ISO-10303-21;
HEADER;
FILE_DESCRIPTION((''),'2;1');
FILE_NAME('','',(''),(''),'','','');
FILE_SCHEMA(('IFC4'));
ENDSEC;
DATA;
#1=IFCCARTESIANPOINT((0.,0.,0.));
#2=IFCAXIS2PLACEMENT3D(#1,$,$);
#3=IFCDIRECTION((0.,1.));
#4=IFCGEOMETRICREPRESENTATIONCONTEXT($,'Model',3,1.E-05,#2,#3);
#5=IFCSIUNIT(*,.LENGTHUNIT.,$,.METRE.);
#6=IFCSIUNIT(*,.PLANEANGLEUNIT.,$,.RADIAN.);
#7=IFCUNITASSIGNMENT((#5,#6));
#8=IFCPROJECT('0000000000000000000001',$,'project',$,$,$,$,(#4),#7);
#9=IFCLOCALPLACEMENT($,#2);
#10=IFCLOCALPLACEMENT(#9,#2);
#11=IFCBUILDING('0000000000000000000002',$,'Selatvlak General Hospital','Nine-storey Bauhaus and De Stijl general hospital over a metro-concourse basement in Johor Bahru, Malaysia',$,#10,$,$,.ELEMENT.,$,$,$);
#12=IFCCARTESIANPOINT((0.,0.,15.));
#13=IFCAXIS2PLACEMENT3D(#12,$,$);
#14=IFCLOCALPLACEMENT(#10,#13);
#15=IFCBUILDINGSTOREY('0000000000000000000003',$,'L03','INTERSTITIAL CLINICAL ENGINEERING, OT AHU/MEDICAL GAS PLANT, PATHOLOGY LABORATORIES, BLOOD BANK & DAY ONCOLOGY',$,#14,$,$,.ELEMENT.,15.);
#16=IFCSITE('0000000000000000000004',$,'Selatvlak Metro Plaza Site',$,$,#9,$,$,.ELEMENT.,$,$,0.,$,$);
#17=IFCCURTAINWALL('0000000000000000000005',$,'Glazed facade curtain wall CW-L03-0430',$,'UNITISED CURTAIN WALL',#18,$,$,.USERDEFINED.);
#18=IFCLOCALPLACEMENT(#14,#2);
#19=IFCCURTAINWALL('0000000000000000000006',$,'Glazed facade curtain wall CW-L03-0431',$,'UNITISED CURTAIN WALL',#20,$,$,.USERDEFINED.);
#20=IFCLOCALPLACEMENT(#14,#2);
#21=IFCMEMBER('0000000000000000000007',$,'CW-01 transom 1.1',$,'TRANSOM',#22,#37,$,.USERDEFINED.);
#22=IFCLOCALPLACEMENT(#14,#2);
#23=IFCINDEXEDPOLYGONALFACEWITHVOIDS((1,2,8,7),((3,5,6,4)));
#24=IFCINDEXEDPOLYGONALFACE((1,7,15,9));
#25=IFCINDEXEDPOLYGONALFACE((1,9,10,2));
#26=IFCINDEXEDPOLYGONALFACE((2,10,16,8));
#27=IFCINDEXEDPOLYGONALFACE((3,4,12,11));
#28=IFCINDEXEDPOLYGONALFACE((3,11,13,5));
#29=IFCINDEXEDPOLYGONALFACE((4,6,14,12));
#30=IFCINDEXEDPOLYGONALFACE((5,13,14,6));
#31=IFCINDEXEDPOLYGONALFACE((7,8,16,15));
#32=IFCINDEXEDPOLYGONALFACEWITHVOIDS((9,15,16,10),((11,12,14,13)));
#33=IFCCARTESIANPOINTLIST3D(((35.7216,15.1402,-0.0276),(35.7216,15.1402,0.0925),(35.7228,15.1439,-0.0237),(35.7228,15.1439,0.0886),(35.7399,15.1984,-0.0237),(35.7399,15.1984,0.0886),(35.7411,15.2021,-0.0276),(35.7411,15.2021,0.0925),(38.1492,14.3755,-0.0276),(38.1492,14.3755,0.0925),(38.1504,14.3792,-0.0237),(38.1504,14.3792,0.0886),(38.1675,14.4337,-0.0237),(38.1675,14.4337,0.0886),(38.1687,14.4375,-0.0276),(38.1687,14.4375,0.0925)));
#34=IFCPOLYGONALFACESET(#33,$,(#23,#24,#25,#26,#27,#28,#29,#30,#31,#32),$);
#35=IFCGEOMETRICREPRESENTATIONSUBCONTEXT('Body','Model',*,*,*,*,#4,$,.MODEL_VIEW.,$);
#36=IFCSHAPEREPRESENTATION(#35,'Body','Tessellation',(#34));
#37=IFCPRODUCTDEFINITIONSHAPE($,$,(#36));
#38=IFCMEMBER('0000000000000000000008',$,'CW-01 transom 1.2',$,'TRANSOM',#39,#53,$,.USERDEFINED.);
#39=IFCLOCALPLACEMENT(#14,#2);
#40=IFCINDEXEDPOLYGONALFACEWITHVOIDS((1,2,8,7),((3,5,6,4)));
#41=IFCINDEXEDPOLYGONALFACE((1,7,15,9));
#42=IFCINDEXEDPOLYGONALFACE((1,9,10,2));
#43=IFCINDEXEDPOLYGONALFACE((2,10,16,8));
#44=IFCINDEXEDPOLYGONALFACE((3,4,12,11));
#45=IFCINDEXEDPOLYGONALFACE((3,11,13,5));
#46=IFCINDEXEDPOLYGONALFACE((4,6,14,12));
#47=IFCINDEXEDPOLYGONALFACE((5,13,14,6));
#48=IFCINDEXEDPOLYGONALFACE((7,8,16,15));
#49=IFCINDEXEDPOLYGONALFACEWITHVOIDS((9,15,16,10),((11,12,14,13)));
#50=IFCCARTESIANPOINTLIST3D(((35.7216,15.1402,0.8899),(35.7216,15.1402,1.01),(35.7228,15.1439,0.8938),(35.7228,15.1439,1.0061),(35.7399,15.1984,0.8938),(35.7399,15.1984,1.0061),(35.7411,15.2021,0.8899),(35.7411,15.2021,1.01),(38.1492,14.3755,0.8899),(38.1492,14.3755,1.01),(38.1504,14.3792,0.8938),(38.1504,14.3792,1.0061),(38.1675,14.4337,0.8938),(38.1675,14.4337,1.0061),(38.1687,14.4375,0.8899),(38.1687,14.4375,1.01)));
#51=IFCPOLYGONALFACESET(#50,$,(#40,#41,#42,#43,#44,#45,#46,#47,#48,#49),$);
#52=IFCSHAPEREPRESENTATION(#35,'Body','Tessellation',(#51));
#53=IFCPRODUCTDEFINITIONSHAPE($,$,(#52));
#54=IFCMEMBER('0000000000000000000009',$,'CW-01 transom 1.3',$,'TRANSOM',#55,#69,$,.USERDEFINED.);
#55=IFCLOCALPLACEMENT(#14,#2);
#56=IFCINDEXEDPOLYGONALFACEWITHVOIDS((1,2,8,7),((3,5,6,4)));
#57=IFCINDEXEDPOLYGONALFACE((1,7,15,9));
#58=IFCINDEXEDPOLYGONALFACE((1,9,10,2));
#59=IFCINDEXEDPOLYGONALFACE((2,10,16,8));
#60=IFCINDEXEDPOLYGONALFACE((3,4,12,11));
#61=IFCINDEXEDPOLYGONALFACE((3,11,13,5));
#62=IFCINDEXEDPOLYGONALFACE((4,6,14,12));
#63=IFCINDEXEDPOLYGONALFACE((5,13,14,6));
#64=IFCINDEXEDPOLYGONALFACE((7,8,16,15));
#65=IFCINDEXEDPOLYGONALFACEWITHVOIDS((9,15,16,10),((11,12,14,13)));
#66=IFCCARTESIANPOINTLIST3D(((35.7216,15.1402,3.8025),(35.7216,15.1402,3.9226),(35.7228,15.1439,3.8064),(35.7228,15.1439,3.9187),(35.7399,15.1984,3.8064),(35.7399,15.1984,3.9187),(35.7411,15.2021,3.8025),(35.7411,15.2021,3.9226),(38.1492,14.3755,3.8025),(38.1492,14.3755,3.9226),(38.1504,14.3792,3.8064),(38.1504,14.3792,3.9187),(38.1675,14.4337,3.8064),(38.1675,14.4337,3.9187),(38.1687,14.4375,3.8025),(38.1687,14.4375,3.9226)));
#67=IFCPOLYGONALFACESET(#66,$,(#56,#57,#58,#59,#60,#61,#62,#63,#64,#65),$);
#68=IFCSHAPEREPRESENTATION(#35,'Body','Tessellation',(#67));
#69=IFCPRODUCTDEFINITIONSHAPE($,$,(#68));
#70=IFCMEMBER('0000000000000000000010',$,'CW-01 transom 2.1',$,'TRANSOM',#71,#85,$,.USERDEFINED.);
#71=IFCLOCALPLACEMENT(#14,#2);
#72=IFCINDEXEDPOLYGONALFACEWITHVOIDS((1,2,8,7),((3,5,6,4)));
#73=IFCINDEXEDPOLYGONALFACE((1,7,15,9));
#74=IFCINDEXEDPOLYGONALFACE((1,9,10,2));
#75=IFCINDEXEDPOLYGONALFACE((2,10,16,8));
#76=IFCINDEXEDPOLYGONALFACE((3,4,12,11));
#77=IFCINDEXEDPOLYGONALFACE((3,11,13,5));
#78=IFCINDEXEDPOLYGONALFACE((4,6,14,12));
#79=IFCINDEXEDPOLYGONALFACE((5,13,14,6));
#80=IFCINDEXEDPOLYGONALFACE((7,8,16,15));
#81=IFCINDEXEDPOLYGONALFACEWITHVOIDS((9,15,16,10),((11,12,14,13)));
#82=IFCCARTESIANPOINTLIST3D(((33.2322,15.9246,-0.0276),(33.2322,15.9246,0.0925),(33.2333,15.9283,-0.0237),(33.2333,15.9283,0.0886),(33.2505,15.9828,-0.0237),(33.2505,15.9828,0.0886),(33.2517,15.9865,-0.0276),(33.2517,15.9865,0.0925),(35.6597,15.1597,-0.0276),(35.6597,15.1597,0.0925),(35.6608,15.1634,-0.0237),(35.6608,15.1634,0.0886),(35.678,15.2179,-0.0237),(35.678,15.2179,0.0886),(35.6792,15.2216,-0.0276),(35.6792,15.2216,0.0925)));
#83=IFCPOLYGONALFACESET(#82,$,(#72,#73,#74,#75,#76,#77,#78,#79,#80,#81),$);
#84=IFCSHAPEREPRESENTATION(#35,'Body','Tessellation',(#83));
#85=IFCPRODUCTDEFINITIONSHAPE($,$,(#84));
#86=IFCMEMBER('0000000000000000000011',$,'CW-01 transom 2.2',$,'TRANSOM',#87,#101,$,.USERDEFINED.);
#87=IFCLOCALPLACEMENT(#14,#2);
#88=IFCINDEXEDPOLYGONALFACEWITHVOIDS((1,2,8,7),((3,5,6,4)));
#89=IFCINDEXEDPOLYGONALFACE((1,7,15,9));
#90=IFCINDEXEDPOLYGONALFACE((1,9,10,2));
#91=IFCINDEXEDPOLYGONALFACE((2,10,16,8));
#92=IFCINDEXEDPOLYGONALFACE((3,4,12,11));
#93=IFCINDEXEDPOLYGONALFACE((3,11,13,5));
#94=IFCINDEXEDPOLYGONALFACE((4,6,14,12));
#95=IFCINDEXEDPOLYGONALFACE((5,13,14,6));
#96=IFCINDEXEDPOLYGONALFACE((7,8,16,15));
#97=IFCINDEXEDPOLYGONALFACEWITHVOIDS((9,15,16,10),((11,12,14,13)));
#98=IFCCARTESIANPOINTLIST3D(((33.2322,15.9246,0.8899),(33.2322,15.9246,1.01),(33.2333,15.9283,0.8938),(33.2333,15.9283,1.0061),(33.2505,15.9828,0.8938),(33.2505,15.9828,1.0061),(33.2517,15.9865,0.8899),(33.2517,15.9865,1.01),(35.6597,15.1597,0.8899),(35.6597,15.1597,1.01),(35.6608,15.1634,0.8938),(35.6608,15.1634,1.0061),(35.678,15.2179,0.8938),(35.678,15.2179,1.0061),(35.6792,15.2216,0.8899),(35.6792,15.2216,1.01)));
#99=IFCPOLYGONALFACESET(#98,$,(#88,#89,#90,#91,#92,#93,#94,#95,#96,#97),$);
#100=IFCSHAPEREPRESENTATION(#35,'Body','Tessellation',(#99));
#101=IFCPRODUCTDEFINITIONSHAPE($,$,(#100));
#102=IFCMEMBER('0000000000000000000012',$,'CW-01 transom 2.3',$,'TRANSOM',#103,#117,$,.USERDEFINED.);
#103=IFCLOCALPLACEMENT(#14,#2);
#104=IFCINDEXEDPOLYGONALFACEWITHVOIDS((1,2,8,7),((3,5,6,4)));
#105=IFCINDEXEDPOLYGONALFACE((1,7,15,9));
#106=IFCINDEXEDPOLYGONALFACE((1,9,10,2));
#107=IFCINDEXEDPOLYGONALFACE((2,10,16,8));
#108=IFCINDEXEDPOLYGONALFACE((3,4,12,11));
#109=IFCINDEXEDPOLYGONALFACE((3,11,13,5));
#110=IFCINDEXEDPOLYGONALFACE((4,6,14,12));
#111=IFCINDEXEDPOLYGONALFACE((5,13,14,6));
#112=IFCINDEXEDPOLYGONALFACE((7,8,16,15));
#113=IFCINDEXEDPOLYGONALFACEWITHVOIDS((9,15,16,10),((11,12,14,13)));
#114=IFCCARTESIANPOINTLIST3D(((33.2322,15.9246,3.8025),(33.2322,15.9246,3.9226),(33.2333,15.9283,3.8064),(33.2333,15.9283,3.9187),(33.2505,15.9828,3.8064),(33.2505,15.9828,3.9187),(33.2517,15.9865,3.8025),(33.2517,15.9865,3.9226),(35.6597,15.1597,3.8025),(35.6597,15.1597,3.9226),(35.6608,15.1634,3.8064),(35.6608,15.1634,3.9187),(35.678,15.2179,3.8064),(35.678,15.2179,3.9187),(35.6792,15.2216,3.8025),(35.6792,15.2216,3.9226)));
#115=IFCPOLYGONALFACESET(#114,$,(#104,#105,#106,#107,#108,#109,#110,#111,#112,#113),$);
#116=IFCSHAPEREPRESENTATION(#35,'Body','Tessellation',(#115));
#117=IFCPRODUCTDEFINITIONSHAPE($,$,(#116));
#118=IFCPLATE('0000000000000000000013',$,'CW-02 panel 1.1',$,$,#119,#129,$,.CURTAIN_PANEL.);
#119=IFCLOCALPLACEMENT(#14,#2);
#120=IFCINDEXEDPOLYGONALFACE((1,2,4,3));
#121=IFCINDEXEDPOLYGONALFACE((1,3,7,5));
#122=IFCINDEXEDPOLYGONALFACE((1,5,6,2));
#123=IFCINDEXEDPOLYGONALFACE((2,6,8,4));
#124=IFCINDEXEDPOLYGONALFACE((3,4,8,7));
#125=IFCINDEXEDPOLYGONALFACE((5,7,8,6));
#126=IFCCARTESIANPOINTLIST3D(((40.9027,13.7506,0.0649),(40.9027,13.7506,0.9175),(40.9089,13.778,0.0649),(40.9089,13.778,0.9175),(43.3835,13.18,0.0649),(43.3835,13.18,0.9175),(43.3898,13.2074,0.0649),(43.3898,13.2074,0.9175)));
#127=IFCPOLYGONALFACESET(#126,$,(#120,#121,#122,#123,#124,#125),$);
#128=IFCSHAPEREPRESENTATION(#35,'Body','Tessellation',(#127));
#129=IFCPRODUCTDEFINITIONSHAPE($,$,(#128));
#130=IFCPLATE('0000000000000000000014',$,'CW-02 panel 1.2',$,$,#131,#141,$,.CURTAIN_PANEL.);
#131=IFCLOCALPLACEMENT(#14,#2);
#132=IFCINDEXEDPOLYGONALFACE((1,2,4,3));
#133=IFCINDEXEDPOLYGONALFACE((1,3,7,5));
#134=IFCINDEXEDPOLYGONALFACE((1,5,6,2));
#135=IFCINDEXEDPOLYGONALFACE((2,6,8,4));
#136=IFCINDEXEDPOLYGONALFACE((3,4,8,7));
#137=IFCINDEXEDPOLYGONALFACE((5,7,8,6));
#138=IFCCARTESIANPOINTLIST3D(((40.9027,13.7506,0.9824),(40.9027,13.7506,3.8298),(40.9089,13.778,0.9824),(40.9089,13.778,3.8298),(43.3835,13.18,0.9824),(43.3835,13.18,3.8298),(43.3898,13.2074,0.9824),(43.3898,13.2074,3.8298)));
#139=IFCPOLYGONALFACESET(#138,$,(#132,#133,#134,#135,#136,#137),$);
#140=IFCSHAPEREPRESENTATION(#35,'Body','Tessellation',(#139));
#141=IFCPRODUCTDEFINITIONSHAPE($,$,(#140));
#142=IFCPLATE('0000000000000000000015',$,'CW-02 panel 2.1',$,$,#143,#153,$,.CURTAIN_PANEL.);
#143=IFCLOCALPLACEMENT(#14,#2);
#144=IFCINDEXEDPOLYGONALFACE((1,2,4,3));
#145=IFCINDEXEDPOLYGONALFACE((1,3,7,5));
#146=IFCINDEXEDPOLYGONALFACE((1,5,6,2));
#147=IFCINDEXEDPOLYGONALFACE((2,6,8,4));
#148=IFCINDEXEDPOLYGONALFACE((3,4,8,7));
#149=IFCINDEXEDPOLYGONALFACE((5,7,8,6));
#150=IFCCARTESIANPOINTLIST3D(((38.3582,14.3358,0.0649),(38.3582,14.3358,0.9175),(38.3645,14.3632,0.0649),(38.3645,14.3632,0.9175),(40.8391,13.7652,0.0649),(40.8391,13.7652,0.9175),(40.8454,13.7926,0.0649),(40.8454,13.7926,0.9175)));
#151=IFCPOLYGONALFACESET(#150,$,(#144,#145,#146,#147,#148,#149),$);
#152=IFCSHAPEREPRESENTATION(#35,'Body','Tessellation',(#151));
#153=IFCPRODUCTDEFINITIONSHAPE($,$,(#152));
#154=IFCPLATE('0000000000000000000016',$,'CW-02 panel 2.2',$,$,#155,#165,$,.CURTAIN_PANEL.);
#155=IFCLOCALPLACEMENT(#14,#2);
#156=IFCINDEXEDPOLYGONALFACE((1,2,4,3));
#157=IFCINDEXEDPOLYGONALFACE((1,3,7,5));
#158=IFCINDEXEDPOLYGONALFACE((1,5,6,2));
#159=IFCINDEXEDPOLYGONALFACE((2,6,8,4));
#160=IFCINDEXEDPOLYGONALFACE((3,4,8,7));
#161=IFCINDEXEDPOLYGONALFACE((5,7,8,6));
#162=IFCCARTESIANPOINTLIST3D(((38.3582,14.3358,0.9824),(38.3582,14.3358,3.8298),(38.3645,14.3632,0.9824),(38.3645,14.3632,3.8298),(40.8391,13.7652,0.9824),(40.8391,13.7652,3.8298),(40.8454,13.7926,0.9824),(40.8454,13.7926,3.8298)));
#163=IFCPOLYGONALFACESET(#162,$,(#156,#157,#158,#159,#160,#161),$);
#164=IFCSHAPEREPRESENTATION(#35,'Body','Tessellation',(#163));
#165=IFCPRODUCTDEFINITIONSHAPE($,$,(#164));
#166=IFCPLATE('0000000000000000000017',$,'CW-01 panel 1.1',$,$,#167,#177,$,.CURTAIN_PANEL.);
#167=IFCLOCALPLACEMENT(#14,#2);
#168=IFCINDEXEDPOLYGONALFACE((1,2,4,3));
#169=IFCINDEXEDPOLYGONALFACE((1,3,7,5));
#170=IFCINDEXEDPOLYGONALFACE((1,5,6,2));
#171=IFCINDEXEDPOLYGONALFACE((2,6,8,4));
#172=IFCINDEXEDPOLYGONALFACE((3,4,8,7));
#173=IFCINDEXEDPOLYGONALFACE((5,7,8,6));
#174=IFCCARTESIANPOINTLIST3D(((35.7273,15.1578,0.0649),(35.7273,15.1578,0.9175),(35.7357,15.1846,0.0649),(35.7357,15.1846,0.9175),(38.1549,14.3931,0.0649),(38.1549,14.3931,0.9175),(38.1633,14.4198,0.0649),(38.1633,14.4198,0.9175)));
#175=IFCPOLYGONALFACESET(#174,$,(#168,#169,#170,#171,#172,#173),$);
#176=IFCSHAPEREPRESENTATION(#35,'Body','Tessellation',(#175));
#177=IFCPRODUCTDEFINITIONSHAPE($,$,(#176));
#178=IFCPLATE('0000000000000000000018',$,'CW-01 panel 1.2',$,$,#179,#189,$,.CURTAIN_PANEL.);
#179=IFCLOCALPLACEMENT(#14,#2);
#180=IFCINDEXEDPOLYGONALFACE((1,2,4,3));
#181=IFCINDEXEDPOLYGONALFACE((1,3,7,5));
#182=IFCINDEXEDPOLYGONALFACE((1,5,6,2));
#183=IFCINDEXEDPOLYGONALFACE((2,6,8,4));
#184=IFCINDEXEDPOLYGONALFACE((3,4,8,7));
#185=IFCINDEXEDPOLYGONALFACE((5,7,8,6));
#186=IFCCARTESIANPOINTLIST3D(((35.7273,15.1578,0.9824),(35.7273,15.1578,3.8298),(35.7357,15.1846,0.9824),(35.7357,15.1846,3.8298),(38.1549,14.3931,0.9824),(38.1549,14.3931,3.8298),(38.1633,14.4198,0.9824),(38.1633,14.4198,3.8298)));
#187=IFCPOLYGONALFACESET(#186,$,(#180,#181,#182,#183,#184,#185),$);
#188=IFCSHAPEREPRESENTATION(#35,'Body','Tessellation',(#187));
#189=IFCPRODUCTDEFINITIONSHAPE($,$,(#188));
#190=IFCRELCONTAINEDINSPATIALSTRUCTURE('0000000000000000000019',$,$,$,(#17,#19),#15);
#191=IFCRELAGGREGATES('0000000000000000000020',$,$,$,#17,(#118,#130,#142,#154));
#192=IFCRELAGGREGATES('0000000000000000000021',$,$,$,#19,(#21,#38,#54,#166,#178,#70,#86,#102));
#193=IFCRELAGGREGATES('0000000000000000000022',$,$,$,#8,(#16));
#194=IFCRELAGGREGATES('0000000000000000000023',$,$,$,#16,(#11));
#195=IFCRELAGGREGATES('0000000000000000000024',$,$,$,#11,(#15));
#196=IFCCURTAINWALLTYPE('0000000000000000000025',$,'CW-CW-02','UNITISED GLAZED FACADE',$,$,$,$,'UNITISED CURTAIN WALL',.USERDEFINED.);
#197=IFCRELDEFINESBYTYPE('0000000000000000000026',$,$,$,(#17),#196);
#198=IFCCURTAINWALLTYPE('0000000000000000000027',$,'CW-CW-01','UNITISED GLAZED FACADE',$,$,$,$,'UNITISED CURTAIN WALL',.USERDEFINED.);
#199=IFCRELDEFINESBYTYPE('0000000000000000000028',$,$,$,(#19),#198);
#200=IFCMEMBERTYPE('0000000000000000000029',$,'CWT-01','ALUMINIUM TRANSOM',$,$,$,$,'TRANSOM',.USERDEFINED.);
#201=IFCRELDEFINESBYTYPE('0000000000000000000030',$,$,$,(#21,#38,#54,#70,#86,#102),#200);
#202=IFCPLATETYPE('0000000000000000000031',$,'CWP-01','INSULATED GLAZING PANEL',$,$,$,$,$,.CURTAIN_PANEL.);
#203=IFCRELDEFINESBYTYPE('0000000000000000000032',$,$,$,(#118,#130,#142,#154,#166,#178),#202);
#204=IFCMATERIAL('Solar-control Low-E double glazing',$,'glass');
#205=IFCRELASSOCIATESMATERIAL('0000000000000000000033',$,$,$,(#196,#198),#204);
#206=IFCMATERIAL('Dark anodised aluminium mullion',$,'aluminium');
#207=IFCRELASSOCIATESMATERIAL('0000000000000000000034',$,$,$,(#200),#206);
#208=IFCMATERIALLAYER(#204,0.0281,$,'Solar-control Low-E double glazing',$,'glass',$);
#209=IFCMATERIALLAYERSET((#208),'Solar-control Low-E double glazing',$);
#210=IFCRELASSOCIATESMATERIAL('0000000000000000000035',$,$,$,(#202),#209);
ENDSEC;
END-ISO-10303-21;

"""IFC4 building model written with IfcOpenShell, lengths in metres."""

from ifc_helpers import new_model, si_unit, direction, frame, origin, origin_2d, place, context, subcontext, project, spatial, rectangle, hollow_rectangle, extrude, material, layer, layer_set, material_profile, profile_set, type_object, element, aggregate, save


model = new_model("IFC4")

# Units and contexts
model_context = context("Model", 3, precision=1e-05, world=origin(), true_north=direction((0.0, 1.0)))
body_context = subcontext(model_context, "Body", "Model", "MODEL_VIEW")
ifc_project = project(units=[si_unit("LENGTHUNIT", "METRE"), si_unit("PLANEANGLEUNIT", "RADIAN")], contexts=[model_context])

# Site, building, storey
site_placement = place(None, origin())
site = spatial("IfcSite", under=ifc_project, at=site_placement, Name="Selatvlak Metro Plaza Site", CompositionType="ELEMENT", RefElevation=0.0)
building_placement = place(site_placement, origin())
building = spatial("IfcBuilding", under=site, at=building_placement, Name="Selatvlak General Hospital", Description="Nine-storey Bauhaus and De Stijl general hospital over a metro-concourse basement in Johor Bahru, Malaysia", CompositionType="ELEMENT")
storey_placement = place(building_placement, frame((0.0, 0.0, 15.0)))
storey = spatial("IfcBuildingStorey", under=building, at=storey_placement, Name="L03", Description="INTERSTITIAL CLINICAL ENGINEERING, OT AHU/MEDICAL GAS PLANT, PATHOLOGY LABORATORIES, BLOOD BANK & DAY ONCOLOGY", CompositionType="ELEMENT", Elevation=15.0)

# Curtain walls
ifc_material_1 = material(Name="Solar-control Low-E double glazing", Category="glass")
curtain_wall_type_1 = type_object("IfcCurtainWallType", Name="CW-CW-02", Description="UNITISED GLAZED FACADE", ElementType="UNITISED CURTAIN WALL", PredefinedType="USERDEFINED", material=ifc_material_1)
curtain_wall_1_placement = place(storey_placement, origin())
curtain_wall_1 = element("IfcCurtainWall", 1, at=curtain_wall_1_placement, inside=storey, type_object=curtain_wall_type_1, Name="Glazed facade curtain wall CW-L03-0430", ObjectType="UNITISED CURTAIN WALL", PredefinedType="USERDEFINED")
ifc_material_2 = material(Name="Dark anodised aluminium mullion", Category="aluminium")
curtain_wall_type_2 = type_object("IfcCurtainWallType", Name="CW-CW-01", Description="UNITISED GLAZED FACADE", ElementType="UNITISED CURTAIN WALL", PredefinedType="USERDEFINED", material=ifc_material_1)
curtain_wall_2_placement = place(storey_placement, origin())
curtain_wall_2 = element("IfcCurtainWall", 2, at=curtain_wall_2_placement, inside=storey, type_object=curtain_wall_type_2, Name="Glazed facade curtain wall CW-L03-0431", ObjectType="UNITISED CURTAIN WALL", PredefinedType="USERDEFINED")

# Members
ifc_material_profile_1 = material_profile(ifc_material_2, hollow_rectangle(XDim=0.0649, YDim=0.1201, WallThickness=0.0039, at=origin_2d()), Name="AL-TRN 65x120x4")
ifc_profile_set_1 = profile_set([ifc_material_profile_1], Name="Dark anodised aluminium mullion")
member_type_1 = type_object("IfcMemberType", Name="CWT-01", Description="ALUMINIUM TRANSOM", ElementType="TRANSOM", PredefinedType="USERDEFINED", material=ifc_profile_set_1)
member_1_placement = place(storey_placement, frame((38.1589, 14.4065, 0.0325), z_axis=(-0.9538, 0.300443, 0.0), x_axis=(-0.300443, -0.9538, 0.0)))
member_1 = element("IfcMember", 3, at=member_1_placement, type_object=member_type_1, Name="CW-01 transom 1.1", ObjectType="TRANSOM", PredefinedType="USERDEFINED", context=body_context, shape_type="SweptSolid", body=[
    extrude(hollow_rectangle(XDim=0.0649, YDim=0.1201, WallThickness=0.0039, at=origin_2d()), origin(), (0.0, 0.0, 1.0), 2.5452),
])
member_2_placement = place(storey_placement, frame((38.1589, 14.4065, 0.95), z_axis=(-0.9538, 0.300443, 0.0), x_axis=(-0.300443, -0.9538, 0.0)))
member_2 = element("IfcMember", 4, at=member_2_placement, type_object=member_type_1, Name="CW-01 transom 1.2", ObjectType="TRANSOM", PredefinedType="USERDEFINED", context=body_context, shape_type="SweptSolid", body=[
    extrude(hollow_rectangle(XDim=0.0649, YDim=0.1201, WallThickness=0.0039, at=origin_2d()), origin(), (0.0, 0.0, 1.0), 2.5452),
])
member_3_placement = place(storey_placement, frame((38.1589, 14.4065, 3.8625), z_axis=(-0.9538, 0.300443, 0.0), x_axis=(-0.300443, -0.9538, 0.0)))
member_3 = element("IfcMember", 5, at=member_3_placement, type_object=member_type_1, Name="CW-01 transom 1.3", ObjectType="TRANSOM", PredefinedType="USERDEFINED", context=body_context, shape_type="SweptSolid", body=[
    extrude(hollow_rectangle(XDim=0.0649, YDim=0.1201, WallThickness=0.0039, at=origin_2d()), origin(), (0.0, 0.0, 1.0), 2.5452),
])
member_4_placement = place(storey_placement, frame((35.6694, 15.1907, 0.0325), z_axis=(-0.953772, 0.30053, 0.0), x_axis=(-0.30053, -0.953772, 0.0)))
member_4 = element("IfcMember", 6, at=member_4_placement, type_object=member_type_1, Name="CW-01 transom 2.1", ObjectType="TRANSOM", PredefinedType="USERDEFINED", context=body_context, shape_type="SweptSolid", body=[
    extrude(hollow_rectangle(XDim=0.0649, YDim=0.1201, WallThickness=0.0039, at=origin_2d()), origin(), (0.0, 0.0, 1.0), 2.5452),
])
member_5_placement = place(storey_placement, frame((35.6694, 15.1907, 0.95), z_axis=(-0.953772, 0.30053, 0.0), x_axis=(-0.30053, -0.953772, 0.0)))
member_5 = element("IfcMember", 7, at=member_5_placement, type_object=member_type_1, Name="CW-01 transom 2.2", ObjectType="TRANSOM", PredefinedType="USERDEFINED", context=body_context, shape_type="SweptSolid", body=[
    extrude(hollow_rectangle(XDim=0.0649, YDim=0.1201, WallThickness=0.0039, at=origin_2d()), origin(), (0.0, 0.0, 1.0), 2.5452),
])
member_6_placement = place(storey_placement, frame((35.6694, 15.1907, 3.8625), z_axis=(-0.953772, 0.30053, 0.0), x_axis=(-0.30053, -0.953772, 0.0)))
member_6 = element("IfcMember", 8, at=member_6_placement, type_object=member_type_1, Name="CW-01 transom 2.3", ObjectType="TRANSOM", PredefinedType="USERDEFINED", context=body_context, shape_type="SweptSolid", body=[
    extrude(hollow_rectangle(XDim=0.0649, YDim=0.1201, WallThickness=0.0039, at=origin_2d()), origin(), (0.0, 0.0, 1.0), 2.5452),
])

# Plates
ifc_layer_1 = layer(ifc_material_1, 0.0281, Name="Solar-control Low-E double glazing", Category="glass")
ifc_layer_set_1 = layer_set([ifc_layer_1], Name="Solar-control Low-E double glazing")
plate_type = type_object("IfcPlateType", Name="CWP-01", Description="INSULATED GLAZING PANEL", PredefinedType="CURTAIN_PANEL", material=ifc_layer_set_1)
plate_1_placement = place(storey_placement, frame((42.1462, 13.479, 0.0649), z_axis=(0.0, 0.0, 1.0), x_axis=(-0.974554, 0.224155, 0.0)))
plate_1 = element("IfcPlate", 9, at=plate_1_placement, type_object=plate_type, Name="CW-02 panel 1.1", PredefinedType="CURTAIN_PANEL", context=body_context, shape_type="SweptSolid", body=[
    extrude(rectangle(XDim=2.5457, YDim=0.0281, at=origin_2d()), origin(), (0.0, 0.0, 1.0), 0.8525),
])
plate_2_placement = place(storey_placement, frame((42.1462, 13.479, 0.9824), z_axis=(0.0, 0.0, 1.0), x_axis=(-0.974554, 0.224155, 0.0)))
plate_2 = element("IfcPlate", 10, at=plate_2_placement, type_object=plate_type, Name="CW-02 panel 1.2", PredefinedType="CURTAIN_PANEL", context=body_context, shape_type="SweptSolid", body=[
    extrude(rectangle(XDim=2.5457, YDim=0.0281, at=origin_2d()), origin(), (0.0, 0.0, 1.0), 2.8474),
])
plate_3_placement = place(storey_placement, frame((39.6018, 14.0642, 0.0649), z_axis=(0.0, 0.0, 1.0), x_axis=(-0.974554, 0.224155, 0.0)))
plate_3 = element("IfcPlate", 11, at=plate_3_placement, type_object=plate_type, Name="CW-02 panel 2.1", PredefinedType="CURTAIN_PANEL", context=body_context, shape_type="SweptSolid", body=[
    extrude(rectangle(XDim=2.5457, YDim=0.0281, at=origin_2d()), origin(), (0.0, 0.0, 1.0), 0.8525),
])
plate_4_placement = place(storey_placement, frame((39.6018, 14.0642, 0.9824), z_axis=(0.0, 0.0, 1.0), x_axis=(-0.974554, 0.224155, 0.0)))
plate_4 = element("IfcPlate", 12, at=plate_4_placement, type_object=plate_type, Name="CW-02 panel 2.2", PredefinedType="CURTAIN_PANEL", context=body_context, shape_type="SweptSolid", body=[
    extrude(rectangle(XDim=2.5457, YDim=0.0281, at=origin_2d()), origin(), (0.0, 0.0, 1.0), 2.8474),
])
aggregate(curtain_wall_1, [plate_1, plate_2, plate_3, plate_4])
plate_5_placement = place(storey_placement, frame((36.9453, 14.7888, 0.0649), z_axis=(0.0, 0.0, 1.0), x_axis=(-0.953794, 0.300461, 0.0)))
plate_5 = element("IfcPlate", 13, at=plate_5_placement, type_object=plate_type, Name="CW-01 panel 1.1", PredefinedType="CURTAIN_PANEL", context=body_context, shape_type="SweptSolid", body=[
    extrude(rectangle(XDim=2.5452, YDim=0.0281, at=origin_2d()), origin(), (0.0, 0.0, 1.0), 0.8525),
])
plate_6_placement = place(storey_placement, frame((36.9453, 14.7888, 0.9824), z_axis=(0.0, 0.0, 1.0), x_axis=(-0.953794, 0.300461, 0.0)))
plate_6 = element("IfcPlate", 14, at=plate_6_placement, type_object=plate_type, Name="CW-01 panel 1.2", PredefinedType="CURTAIN_PANEL", context=body_context, shape_type="SweptSolid", body=[
    extrude(rectangle(XDim=2.5452, YDim=0.0281, at=origin_2d()), origin(), (0.0, 0.0, 1.0), 2.8474),
])
aggregate(curtain_wall_2, [member_1, member_2, member_3, plate_5, plate_6, member_4, member_5, member_6])

save(model, "model.ifc")
